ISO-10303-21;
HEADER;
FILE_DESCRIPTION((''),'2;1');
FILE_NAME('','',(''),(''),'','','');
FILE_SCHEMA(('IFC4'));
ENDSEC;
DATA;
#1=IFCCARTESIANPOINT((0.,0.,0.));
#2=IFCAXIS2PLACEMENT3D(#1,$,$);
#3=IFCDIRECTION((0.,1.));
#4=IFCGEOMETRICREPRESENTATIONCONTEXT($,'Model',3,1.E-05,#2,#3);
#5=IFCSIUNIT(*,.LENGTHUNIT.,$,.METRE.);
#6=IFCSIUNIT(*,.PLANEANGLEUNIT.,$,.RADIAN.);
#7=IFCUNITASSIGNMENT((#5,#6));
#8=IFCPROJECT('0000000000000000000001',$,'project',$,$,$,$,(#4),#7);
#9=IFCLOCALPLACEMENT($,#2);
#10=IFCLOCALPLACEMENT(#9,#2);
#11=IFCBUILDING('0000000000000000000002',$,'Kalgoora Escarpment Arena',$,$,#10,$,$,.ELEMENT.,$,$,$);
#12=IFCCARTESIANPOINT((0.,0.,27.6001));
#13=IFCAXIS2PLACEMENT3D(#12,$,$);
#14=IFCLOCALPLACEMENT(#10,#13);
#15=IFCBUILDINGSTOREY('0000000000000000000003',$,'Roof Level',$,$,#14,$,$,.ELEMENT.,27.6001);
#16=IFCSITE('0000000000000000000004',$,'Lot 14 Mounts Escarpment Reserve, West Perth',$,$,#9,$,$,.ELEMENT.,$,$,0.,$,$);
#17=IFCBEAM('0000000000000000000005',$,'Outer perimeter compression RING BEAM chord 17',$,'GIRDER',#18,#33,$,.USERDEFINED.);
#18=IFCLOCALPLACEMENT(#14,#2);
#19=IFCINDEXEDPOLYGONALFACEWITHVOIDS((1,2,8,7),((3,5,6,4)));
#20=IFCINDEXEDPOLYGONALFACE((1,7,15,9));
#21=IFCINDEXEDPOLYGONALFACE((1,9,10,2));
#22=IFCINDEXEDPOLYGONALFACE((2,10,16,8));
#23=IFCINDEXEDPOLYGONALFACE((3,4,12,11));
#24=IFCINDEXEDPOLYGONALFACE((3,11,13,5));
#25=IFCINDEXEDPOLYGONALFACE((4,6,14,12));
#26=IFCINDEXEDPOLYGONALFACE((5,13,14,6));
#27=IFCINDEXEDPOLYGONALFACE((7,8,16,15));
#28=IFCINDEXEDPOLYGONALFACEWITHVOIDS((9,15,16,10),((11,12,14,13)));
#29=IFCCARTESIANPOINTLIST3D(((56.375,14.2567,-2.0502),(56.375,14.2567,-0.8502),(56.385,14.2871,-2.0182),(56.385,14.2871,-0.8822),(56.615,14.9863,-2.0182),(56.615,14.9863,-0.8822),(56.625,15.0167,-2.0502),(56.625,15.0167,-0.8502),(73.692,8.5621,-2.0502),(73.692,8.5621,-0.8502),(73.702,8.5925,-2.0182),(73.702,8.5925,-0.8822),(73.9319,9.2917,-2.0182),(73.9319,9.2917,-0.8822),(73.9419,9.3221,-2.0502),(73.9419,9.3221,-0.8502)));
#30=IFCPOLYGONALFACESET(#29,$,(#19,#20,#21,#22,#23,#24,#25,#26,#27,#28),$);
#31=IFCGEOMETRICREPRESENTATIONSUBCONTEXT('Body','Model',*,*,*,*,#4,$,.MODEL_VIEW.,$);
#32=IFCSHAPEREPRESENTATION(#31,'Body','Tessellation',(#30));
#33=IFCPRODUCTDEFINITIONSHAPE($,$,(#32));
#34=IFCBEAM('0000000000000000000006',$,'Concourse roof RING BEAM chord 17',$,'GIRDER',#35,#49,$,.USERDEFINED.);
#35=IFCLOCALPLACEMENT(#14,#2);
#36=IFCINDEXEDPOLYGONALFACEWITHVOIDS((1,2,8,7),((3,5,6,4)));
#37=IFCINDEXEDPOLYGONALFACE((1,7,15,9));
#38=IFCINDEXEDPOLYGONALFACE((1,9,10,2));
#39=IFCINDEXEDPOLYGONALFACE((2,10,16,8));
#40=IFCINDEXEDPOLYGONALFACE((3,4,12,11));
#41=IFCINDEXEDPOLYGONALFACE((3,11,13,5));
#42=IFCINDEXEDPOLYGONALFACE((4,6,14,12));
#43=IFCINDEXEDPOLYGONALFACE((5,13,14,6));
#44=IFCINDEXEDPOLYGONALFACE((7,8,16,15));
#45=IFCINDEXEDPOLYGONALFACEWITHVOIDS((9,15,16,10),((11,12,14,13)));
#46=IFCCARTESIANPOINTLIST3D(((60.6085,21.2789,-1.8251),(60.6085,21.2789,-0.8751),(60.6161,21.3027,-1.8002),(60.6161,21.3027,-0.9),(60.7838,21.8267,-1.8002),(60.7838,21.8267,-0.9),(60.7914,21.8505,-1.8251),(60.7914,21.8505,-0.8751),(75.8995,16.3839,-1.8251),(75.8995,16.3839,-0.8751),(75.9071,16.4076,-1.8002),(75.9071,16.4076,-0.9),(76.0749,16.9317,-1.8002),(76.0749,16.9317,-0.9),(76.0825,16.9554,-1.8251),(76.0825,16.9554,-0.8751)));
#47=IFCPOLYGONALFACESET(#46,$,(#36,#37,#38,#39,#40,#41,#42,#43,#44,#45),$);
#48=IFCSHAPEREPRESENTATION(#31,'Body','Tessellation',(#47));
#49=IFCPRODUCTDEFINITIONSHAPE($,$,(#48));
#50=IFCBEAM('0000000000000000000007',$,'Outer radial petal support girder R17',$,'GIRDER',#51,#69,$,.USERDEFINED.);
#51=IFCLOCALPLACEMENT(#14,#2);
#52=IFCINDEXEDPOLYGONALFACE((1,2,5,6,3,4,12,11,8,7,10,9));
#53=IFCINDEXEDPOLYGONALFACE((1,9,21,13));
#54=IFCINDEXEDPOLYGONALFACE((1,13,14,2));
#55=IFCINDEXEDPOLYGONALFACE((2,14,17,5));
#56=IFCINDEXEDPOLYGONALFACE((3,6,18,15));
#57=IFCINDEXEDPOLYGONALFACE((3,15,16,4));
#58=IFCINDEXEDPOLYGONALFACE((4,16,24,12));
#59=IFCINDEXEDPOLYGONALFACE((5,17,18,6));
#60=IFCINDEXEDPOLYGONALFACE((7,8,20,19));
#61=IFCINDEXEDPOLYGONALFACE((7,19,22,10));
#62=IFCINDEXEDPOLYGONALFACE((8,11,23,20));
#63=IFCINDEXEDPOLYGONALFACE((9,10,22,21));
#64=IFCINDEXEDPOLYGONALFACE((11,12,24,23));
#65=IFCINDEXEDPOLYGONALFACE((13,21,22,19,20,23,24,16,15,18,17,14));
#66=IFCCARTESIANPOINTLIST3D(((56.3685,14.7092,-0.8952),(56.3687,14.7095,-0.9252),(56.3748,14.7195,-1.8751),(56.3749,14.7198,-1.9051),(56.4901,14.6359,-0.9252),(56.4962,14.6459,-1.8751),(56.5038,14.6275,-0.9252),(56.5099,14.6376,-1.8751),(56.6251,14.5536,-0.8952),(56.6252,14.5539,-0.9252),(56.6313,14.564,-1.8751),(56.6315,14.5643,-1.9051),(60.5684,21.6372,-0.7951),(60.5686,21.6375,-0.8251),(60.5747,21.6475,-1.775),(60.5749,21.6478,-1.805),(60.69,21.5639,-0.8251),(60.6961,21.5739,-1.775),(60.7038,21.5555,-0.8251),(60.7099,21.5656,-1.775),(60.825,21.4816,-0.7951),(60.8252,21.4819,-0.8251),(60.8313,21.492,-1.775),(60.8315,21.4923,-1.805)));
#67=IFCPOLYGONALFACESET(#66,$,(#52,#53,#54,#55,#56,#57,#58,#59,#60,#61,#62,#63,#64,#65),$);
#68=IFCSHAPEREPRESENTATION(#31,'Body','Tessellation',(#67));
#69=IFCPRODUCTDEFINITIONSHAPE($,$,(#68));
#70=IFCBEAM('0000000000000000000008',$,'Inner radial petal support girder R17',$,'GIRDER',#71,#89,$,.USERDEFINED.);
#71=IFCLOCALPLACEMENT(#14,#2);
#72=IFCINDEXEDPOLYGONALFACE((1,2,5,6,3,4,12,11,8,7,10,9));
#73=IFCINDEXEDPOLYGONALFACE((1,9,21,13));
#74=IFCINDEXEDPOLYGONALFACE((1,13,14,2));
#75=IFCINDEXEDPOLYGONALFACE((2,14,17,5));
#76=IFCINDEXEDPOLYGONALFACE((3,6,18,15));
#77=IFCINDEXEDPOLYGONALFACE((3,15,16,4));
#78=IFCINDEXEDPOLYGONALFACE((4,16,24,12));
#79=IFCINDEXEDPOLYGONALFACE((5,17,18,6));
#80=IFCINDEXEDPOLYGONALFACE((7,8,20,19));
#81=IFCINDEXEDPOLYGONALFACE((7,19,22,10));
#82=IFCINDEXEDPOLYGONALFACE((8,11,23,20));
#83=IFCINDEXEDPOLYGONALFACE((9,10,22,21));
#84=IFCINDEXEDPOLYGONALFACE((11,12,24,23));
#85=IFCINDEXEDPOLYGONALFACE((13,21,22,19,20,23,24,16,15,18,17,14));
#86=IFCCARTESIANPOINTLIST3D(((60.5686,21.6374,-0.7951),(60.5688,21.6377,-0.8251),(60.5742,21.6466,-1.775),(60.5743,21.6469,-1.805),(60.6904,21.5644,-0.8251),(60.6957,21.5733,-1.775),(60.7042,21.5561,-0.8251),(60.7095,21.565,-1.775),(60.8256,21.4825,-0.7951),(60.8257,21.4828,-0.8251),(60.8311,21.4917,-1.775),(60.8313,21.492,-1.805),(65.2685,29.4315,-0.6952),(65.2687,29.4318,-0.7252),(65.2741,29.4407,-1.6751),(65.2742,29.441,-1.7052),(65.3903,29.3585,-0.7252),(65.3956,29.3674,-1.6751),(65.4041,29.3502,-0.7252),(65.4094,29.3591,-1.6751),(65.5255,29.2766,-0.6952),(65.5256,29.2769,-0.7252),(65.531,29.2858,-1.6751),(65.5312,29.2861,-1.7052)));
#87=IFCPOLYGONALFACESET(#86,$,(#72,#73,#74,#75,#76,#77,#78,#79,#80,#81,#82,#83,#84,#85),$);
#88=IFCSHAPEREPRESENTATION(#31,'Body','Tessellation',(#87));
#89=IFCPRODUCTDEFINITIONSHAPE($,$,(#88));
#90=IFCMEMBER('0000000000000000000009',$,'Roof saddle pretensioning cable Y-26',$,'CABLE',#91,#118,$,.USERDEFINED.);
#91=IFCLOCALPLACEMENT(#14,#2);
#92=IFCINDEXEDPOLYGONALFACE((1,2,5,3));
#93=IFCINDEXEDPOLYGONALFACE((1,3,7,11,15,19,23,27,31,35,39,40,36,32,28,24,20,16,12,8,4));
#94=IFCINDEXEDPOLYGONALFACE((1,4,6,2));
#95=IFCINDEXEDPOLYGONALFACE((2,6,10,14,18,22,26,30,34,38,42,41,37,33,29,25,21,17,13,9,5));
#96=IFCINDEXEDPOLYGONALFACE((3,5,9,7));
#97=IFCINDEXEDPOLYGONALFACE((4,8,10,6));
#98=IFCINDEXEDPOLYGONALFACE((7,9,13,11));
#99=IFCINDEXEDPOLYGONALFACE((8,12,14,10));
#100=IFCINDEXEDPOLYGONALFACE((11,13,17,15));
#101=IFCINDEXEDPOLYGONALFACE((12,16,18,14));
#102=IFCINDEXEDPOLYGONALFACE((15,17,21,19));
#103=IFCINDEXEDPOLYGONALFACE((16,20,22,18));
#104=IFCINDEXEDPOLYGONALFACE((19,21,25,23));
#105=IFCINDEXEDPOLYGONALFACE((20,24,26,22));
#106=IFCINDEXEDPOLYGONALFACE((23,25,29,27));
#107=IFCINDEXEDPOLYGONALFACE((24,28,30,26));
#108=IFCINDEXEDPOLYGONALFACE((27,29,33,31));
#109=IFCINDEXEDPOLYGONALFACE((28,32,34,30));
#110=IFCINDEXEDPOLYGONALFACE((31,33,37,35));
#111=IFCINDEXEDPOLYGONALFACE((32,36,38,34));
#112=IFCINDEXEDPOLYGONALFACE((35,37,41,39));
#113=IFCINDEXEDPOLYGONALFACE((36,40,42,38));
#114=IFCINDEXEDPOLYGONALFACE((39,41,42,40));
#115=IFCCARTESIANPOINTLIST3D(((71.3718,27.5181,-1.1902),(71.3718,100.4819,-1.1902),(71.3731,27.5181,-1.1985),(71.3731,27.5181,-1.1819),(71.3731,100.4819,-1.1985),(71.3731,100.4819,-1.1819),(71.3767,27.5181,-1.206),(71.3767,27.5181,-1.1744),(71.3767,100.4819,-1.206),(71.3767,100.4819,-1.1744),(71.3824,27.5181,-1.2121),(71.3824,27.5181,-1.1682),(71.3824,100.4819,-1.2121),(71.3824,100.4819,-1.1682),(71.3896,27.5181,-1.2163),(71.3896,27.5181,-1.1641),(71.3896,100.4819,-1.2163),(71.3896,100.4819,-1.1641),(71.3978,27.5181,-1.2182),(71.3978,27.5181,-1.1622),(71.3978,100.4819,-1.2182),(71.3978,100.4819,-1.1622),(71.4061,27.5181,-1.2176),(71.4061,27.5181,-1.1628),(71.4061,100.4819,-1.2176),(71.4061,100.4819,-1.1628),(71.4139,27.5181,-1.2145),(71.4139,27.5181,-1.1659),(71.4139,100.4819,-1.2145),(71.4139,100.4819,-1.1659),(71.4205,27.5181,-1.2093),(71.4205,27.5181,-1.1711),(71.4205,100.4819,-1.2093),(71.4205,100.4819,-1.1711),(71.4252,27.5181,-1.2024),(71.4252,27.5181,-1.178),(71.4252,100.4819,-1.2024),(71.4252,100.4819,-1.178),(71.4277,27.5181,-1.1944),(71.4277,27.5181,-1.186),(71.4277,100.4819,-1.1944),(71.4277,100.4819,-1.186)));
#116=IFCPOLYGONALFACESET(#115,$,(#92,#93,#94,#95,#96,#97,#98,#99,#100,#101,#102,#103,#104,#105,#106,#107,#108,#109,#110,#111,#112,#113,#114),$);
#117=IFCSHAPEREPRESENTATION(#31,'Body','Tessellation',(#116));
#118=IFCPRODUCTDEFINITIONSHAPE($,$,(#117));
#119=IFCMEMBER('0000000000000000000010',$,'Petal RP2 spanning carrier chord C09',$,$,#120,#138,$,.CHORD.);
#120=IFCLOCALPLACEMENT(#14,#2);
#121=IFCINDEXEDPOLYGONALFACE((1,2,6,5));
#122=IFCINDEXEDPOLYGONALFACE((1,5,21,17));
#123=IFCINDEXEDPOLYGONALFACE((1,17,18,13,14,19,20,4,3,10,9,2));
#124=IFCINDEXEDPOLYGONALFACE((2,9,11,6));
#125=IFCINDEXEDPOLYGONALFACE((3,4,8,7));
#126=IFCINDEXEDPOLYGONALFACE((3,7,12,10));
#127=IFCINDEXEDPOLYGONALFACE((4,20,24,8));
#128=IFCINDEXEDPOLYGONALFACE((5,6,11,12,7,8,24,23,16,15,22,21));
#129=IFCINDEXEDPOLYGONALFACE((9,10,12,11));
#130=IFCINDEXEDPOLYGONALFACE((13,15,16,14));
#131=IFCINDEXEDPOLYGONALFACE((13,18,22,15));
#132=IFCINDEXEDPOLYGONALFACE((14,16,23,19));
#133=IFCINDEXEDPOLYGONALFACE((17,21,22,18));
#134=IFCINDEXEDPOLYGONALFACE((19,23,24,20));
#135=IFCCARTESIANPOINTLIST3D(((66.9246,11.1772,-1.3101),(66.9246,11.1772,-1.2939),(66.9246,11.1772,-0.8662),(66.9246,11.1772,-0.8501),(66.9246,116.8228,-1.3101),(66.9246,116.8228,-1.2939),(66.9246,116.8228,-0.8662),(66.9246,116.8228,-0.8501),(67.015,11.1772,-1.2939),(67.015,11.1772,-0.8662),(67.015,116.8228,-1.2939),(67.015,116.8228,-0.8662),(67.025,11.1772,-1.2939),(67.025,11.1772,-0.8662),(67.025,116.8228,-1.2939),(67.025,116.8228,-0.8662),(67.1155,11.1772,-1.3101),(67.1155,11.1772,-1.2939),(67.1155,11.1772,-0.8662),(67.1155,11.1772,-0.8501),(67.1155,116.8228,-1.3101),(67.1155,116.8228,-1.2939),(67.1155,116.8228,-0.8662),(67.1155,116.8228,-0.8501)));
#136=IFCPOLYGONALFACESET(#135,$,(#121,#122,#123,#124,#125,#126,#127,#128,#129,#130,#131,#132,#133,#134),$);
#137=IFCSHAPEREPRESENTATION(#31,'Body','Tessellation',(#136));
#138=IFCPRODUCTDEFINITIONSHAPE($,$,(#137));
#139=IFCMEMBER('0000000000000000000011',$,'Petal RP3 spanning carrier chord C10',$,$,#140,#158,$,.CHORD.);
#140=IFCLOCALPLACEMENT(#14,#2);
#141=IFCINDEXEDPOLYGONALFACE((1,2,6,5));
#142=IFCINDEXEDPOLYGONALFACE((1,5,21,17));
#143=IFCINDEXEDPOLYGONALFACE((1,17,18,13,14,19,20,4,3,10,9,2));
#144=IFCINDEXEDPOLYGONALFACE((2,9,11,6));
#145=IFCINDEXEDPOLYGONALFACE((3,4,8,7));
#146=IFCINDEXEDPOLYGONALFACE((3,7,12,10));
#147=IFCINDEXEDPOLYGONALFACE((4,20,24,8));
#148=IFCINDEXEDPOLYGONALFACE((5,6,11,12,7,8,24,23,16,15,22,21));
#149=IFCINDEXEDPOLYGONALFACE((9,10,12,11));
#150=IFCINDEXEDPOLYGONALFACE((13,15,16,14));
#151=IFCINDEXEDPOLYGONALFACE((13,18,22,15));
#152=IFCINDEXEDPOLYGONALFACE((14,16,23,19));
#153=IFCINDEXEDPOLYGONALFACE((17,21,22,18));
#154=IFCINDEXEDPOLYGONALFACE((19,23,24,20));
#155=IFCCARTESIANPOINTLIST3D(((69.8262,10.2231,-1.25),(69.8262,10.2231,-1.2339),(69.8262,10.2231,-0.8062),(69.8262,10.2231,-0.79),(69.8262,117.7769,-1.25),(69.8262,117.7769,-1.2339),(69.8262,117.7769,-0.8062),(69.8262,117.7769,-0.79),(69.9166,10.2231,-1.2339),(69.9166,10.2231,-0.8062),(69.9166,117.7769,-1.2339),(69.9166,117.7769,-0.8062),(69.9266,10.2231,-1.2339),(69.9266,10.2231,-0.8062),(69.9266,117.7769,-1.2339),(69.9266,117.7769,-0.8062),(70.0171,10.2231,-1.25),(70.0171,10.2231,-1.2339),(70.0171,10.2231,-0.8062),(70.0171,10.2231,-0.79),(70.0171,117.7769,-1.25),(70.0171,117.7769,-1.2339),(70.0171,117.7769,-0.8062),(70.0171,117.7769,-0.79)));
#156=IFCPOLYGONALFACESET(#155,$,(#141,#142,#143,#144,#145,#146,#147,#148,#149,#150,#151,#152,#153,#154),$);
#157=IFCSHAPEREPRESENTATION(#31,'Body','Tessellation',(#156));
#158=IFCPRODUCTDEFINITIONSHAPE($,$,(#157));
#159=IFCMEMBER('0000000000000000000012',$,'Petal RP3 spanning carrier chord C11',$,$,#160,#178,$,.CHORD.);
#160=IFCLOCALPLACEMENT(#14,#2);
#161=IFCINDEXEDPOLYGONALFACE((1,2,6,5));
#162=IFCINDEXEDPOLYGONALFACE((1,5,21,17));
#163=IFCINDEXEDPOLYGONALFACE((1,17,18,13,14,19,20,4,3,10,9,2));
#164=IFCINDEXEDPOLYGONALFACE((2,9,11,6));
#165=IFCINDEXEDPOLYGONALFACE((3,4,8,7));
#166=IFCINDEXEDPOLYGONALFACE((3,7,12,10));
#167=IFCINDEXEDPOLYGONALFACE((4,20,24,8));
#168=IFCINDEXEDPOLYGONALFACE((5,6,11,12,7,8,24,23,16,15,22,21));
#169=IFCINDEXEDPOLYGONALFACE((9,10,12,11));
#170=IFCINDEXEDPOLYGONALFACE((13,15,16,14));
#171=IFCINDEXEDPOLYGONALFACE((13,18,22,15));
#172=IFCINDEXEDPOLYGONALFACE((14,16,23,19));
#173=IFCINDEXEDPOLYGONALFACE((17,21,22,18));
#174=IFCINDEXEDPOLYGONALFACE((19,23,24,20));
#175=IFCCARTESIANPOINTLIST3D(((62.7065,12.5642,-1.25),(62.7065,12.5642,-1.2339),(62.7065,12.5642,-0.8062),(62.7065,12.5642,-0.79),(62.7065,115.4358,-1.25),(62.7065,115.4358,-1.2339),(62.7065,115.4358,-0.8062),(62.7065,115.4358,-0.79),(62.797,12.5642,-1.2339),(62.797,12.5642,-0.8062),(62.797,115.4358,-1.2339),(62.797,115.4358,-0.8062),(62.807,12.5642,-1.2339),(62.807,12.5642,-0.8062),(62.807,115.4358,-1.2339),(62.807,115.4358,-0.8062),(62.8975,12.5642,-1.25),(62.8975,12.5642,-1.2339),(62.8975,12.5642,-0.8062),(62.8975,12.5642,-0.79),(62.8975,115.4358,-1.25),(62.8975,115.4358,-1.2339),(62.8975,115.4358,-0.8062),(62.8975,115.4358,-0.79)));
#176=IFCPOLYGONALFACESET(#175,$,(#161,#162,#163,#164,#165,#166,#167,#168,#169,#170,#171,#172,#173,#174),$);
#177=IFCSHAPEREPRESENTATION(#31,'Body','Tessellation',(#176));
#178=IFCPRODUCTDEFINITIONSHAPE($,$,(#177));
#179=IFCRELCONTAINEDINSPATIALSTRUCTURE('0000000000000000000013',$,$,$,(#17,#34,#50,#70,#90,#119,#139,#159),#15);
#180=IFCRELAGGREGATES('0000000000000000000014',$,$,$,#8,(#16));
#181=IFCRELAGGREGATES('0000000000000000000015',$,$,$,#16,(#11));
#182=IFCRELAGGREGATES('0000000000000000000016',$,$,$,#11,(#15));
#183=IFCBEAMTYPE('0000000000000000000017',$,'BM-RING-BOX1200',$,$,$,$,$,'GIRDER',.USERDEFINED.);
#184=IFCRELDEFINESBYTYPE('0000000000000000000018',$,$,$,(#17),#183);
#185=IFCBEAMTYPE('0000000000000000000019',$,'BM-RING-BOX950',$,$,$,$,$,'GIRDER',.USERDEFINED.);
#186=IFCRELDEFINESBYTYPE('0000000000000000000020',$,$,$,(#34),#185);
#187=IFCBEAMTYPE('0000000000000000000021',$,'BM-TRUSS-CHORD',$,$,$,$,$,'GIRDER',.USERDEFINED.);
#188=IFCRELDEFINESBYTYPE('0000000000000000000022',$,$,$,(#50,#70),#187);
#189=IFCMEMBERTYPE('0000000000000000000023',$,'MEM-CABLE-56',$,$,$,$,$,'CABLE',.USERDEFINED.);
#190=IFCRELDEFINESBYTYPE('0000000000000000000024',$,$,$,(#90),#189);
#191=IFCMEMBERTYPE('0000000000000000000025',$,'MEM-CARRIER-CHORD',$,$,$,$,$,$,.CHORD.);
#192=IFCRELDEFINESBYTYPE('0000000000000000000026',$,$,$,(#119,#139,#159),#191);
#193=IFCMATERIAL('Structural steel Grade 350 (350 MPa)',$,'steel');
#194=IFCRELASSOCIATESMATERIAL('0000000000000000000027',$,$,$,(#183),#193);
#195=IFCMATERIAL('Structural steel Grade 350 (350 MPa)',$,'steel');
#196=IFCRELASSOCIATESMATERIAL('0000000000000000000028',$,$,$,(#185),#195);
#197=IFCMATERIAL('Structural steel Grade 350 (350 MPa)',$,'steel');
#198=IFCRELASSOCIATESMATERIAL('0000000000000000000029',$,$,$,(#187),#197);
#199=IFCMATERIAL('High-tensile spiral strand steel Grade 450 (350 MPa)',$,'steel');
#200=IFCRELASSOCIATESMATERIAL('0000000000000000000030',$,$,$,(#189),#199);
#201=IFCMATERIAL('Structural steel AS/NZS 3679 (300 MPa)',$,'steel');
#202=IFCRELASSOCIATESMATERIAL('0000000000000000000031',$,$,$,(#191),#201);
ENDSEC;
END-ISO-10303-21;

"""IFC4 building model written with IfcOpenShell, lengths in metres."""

from ifc_helpers import new_model, si_unit, direction, frame, origin, origin_2d, place, context, subcontext, project, spatial, hollow_rectangle, circle, i_section, extrude, material, material_profile, profile_set, type_object, element, save


model = new_model("IFC4")

# Units and contexts
model_context = context("Model", 3, precision=1e-05, world=origin(), true_north=direction((0.0, 1.0)))
body_context = subcontext(model_context, "Body", "Model", "MODEL_VIEW")
ifc_project = project(units=[si_unit("LENGTHUNIT", "METRE"), si_unit("PLANEANGLEUNIT", "RADIAN")], contexts=[model_context])

# Site, building, storey
site_placement = place(None, origin())
site = spatial("IfcSite", under=ifc_project, at=site_placement, Name="Lot 14 Mounts Escarpment Reserve, West Perth", CompositionType="ELEMENT", RefElevation=0.0)
building_placement = place(site_placement, origin())
building = spatial("IfcBuilding", under=site, at=building_placement, Name="Kalgoora Escarpment Arena", CompositionType="ELEMENT")
storey_placement = place(building_placement, frame((0.0, 0.0, 27.6001)))
storey = spatial("IfcBuildingStorey", under=building, at=storey_placement, Name="Roof Level", CompositionType="ELEMENT", Elevation=27.6001)

# Beams
ifc_material_1 = material(Name="Structural steel Grade 350 (350 MPa)", Category="steel")
ifc_material_profile_1 = material_profile(ifc_material_1, hollow_rectangle(XDim=0.8, YDim=1.2, WallThickness=0.032, at=origin_2d()))
ifc_profile_set_1 = profile_set([ifc_material_profile_1], Name="Structural steel Grade 350 (350 MPa)")
beam_type_1 = type_object("IfcBeamType", Name="BM-RING-BOX1200", ElementType="GIRDER", PredefinedType="USERDEFINED", material=ifc_profile_set_1)
beam_1_placement = place(storey_placement, frame((56.5, 14.6367, -1.4502), z_axis=(0.949955, -0.312388, 0.0), x_axis=(0.312388, 0.949955, 0.0)))
element("IfcBeam", 1, at=beam_1_placement, inside=storey, type_object=beam_type_1, Name="Outer perimeter compression RING BEAM chord 17", ObjectType="GIRDER", PredefinedType="USERDEFINED", context=body_context, shape_type="SweptSolid", body=[
    extrude(hollow_rectangle(XDim=0.8, YDim=1.2, WallThickness=0.032, at=origin_2d()), origin(), (0.0, 0.0, 1.0), 18.2292),
])
ifc_material_2 = material(Name="Structural steel Grade 350 (350 MPa)", Category="steel")
ifc_material_profile_2 = material_profile(ifc_material_2, hollow_rectangle(XDim=0.6001, YDim=0.95, WallThickness=0.0249, at=origin_2d()))
ifc_profile_set_2 = profile_set([ifc_material_profile_2], Name="Structural steel Grade 350 (350 MPa)")
beam_type_2 = type_object("IfcBeamType", Name="BM-RING-BOX950", ElementType="GIRDER", PredefinedType="USERDEFINED", material=ifc_profile_set_2)
beam_2_placement = place(storey_placement, frame((60.7, 21.5647, -1.3501), z_axis=(0.95239, -0.304883, 0.0), x_axis=(0.304883, 0.95239, 0.0)))
element("IfcBeam", 2, at=beam_2_placement, inside=storey, type_object=beam_type_2, Name="Concourse roof RING BEAM chord 17", ObjectType="GIRDER", PredefinedType="USERDEFINED", context=body_context, shape_type="SweptSolid", body=[
    extrude(hollow_rectangle(XDim=0.6001, YDim=0.95, WallThickness=0.0249, at=origin_2d()), origin(), (0.0, 0.0, 1.0), 16.0554),
])
ifc_material_3 = material(Name="Structural steel Grade 350 (350 MPa)", Category="steel")
ifc_material_profile_3 = material_profile(ifc_material_3, i_section(OverallWidth=0.3, OverallDepth=1.01, WebThickness=0.0161, FlangeThickness=0.03, at=origin_2d()))
ifc_profile_set_3 = profile_set([ifc_material_profile_3], Name="Structural steel Grade 350 (350 MPa)")
beam_type_3 = type_object("IfcBeamType", Name="BM-TRUSS-CHORD", ElementType="GIRDER", PredefinedType="USERDEFINED", material=ifc_profile_set_3)
beam_3_placement = place(storey_placement, frame((56.5, 14.6367, -1.4001), z_axis=(0.518368, 0.855068, 0.012354), x_axis=(-0.855133, 0.518408, 0.0)))
element("IfcBeam", 3, at=beam_3_placement, inside=storey, type_object=beam_type_3, Name="Outer radial petal support girder R17", ObjectType="GIRDER", PredefinedType="USERDEFINED", context=body_context, shape_type="SweptSolid", body=[
    extrude(i_section(OverallWidth=0.3, OverallDepth=1.01, WebThickness=0.0161, FlangeThickness=0.03, at=origin_2d()), origin(), (0.0, 0.0, 1.0), 8.1023),
])
beam_4_placement = place(storey_placement, frame((60.7, 21.5647, -1.3), z_axis=(0.516357, 0.856303, 0.01097), x_axis=(-0.856355, 0.516388, 0.0)))
element("IfcBeam", 4, at=beam_4_placement, inside=storey, type_object=beam_type_3, Name="Inner radial petal support girder R17", ObjectType="GIRDER", PredefinedType="USERDEFINED", context=body_context, shape_type="SweptSolid", body=[
    extrude(i_section(OverallWidth=0.3, OverallDepth=1.01, WebThickness=0.0161, FlangeThickness=0.03, at=origin_2d()), origin(), (0.0, 0.0, 1.0), 9.1021),
])

# Members
ifc_material_4 = material(Name="High-tensile spiral strand steel Grade 450 (350 MPa)", Category="steel")
ifc_material_profile_4 = material_profile(ifc_material_4, circle(Radius=0.0281, at=origin_2d()))
ifc_profile_set_4 = profile_set([ifc_material_profile_4], Name="High-tensile spiral strand steel Grade 450 (350 MPa)")
member_type_1 = type_object("IfcMemberType", Name="MEM-CABLE-56", ElementType="CABLE", PredefinedType="USERDEFINED", material=ifc_profile_set_4)
member_1_placement = place(storey_placement, frame((71.3999, 27.5181, -1.1902), z_axis=(0.0, 1.0, 0.0), x_axis=(-1.0, 0.0, 0.0)))
element("IfcMember", 5, at=member_1_placement, inside=storey, type_object=member_type_1, Name="Roof saddle pretensioning cable Y-26", ObjectType="CABLE", PredefinedType="USERDEFINED", context=body_context, shape_type="SweptSolid", body=[
    extrude(circle(Radius=0.0281, at=origin_2d()), origin(), (0.0, 0.0, 1.0), 72.9639),
])
ifc_material_5 = material(Name="Structural steel AS/NZS 3679 (300 MPa)", Category="steel")
ifc_material_profile_5 = material_profile(ifc_material_5, i_section(OverallWidth=0.1909, OverallDepth=0.46, WebThickness=0.01, FlangeThickness=0.0161, at=origin_2d()))
ifc_profile_set_5 = profile_set([ifc_material_profile_5], Name="Structural steel AS/NZS 3679 (300 MPa)")
member_type_2 = type_object("IfcMemberType", Name="MEM-CARRIER-CHORD", PredefinedType="CHORD", material=ifc_profile_set_5)
member_2_placement = place(storey_placement, frame((67.02, 11.1772, -1.0801), z_axis=(0.0, 1.0, 0.0), x_axis=(-1.0, 0.0, 0.0)))
element("IfcMember", 6, at=member_2_placement, inside=storey, type_object=member_type_2, Name="Petal RP2 spanning carrier chord C09", PredefinedType="CHORD", context=body_context, shape_type="SweptSolid", body=[
    extrude(i_section(OverallWidth=0.1909, OverallDepth=0.46, WebThickness=0.01, FlangeThickness=0.0161, at=origin_2d()), origin(), (0.0, 0.0, 1.0), 105.6455),
])
member_3_placement = place(storey_placement, frame((69.9216, 10.2231, -1.02), z_axis=(0.0, 1.0, 0.0), x_axis=(-1.0, 0.0, 0.0)))
element("IfcMember", 7, at=member_3_placement, inside=storey, type_object=member_type_2, Name="Petal RP3 spanning carrier chord C10", PredefinedType="CHORD", context=body_context, shape_type="SweptSolid", body=[
    extrude(i_section(OverallWidth=0.1909, OverallDepth=0.46, WebThickness=0.01, FlangeThickness=0.0161, at=origin_2d()), origin(), (0.0, 0.0, 1.0), 107.5537),
])
member_4_placement = place(storey_placement, frame((62.802, 12.5642, -1.02), z_axis=(0.0, 1.0, 0.0), x_axis=(-1.0, 0.0, 0.0)))
element("IfcMember", 8, at=member_4_placement, inside=storey, type_object=member_type_2, Name="Petal RP3 spanning carrier chord C11", PredefinedType="CHORD", context=body_context, shape_type="SweptSolid", body=[
    extrude(i_section(OverallWidth=0.1909, OverallDepth=0.46, WebThickness=0.01, FlangeThickness=0.0161, at=origin_2d()), origin(), (0.0, 0.0, 1.0), 102.8716),
])

save(model, "model.ifc")
